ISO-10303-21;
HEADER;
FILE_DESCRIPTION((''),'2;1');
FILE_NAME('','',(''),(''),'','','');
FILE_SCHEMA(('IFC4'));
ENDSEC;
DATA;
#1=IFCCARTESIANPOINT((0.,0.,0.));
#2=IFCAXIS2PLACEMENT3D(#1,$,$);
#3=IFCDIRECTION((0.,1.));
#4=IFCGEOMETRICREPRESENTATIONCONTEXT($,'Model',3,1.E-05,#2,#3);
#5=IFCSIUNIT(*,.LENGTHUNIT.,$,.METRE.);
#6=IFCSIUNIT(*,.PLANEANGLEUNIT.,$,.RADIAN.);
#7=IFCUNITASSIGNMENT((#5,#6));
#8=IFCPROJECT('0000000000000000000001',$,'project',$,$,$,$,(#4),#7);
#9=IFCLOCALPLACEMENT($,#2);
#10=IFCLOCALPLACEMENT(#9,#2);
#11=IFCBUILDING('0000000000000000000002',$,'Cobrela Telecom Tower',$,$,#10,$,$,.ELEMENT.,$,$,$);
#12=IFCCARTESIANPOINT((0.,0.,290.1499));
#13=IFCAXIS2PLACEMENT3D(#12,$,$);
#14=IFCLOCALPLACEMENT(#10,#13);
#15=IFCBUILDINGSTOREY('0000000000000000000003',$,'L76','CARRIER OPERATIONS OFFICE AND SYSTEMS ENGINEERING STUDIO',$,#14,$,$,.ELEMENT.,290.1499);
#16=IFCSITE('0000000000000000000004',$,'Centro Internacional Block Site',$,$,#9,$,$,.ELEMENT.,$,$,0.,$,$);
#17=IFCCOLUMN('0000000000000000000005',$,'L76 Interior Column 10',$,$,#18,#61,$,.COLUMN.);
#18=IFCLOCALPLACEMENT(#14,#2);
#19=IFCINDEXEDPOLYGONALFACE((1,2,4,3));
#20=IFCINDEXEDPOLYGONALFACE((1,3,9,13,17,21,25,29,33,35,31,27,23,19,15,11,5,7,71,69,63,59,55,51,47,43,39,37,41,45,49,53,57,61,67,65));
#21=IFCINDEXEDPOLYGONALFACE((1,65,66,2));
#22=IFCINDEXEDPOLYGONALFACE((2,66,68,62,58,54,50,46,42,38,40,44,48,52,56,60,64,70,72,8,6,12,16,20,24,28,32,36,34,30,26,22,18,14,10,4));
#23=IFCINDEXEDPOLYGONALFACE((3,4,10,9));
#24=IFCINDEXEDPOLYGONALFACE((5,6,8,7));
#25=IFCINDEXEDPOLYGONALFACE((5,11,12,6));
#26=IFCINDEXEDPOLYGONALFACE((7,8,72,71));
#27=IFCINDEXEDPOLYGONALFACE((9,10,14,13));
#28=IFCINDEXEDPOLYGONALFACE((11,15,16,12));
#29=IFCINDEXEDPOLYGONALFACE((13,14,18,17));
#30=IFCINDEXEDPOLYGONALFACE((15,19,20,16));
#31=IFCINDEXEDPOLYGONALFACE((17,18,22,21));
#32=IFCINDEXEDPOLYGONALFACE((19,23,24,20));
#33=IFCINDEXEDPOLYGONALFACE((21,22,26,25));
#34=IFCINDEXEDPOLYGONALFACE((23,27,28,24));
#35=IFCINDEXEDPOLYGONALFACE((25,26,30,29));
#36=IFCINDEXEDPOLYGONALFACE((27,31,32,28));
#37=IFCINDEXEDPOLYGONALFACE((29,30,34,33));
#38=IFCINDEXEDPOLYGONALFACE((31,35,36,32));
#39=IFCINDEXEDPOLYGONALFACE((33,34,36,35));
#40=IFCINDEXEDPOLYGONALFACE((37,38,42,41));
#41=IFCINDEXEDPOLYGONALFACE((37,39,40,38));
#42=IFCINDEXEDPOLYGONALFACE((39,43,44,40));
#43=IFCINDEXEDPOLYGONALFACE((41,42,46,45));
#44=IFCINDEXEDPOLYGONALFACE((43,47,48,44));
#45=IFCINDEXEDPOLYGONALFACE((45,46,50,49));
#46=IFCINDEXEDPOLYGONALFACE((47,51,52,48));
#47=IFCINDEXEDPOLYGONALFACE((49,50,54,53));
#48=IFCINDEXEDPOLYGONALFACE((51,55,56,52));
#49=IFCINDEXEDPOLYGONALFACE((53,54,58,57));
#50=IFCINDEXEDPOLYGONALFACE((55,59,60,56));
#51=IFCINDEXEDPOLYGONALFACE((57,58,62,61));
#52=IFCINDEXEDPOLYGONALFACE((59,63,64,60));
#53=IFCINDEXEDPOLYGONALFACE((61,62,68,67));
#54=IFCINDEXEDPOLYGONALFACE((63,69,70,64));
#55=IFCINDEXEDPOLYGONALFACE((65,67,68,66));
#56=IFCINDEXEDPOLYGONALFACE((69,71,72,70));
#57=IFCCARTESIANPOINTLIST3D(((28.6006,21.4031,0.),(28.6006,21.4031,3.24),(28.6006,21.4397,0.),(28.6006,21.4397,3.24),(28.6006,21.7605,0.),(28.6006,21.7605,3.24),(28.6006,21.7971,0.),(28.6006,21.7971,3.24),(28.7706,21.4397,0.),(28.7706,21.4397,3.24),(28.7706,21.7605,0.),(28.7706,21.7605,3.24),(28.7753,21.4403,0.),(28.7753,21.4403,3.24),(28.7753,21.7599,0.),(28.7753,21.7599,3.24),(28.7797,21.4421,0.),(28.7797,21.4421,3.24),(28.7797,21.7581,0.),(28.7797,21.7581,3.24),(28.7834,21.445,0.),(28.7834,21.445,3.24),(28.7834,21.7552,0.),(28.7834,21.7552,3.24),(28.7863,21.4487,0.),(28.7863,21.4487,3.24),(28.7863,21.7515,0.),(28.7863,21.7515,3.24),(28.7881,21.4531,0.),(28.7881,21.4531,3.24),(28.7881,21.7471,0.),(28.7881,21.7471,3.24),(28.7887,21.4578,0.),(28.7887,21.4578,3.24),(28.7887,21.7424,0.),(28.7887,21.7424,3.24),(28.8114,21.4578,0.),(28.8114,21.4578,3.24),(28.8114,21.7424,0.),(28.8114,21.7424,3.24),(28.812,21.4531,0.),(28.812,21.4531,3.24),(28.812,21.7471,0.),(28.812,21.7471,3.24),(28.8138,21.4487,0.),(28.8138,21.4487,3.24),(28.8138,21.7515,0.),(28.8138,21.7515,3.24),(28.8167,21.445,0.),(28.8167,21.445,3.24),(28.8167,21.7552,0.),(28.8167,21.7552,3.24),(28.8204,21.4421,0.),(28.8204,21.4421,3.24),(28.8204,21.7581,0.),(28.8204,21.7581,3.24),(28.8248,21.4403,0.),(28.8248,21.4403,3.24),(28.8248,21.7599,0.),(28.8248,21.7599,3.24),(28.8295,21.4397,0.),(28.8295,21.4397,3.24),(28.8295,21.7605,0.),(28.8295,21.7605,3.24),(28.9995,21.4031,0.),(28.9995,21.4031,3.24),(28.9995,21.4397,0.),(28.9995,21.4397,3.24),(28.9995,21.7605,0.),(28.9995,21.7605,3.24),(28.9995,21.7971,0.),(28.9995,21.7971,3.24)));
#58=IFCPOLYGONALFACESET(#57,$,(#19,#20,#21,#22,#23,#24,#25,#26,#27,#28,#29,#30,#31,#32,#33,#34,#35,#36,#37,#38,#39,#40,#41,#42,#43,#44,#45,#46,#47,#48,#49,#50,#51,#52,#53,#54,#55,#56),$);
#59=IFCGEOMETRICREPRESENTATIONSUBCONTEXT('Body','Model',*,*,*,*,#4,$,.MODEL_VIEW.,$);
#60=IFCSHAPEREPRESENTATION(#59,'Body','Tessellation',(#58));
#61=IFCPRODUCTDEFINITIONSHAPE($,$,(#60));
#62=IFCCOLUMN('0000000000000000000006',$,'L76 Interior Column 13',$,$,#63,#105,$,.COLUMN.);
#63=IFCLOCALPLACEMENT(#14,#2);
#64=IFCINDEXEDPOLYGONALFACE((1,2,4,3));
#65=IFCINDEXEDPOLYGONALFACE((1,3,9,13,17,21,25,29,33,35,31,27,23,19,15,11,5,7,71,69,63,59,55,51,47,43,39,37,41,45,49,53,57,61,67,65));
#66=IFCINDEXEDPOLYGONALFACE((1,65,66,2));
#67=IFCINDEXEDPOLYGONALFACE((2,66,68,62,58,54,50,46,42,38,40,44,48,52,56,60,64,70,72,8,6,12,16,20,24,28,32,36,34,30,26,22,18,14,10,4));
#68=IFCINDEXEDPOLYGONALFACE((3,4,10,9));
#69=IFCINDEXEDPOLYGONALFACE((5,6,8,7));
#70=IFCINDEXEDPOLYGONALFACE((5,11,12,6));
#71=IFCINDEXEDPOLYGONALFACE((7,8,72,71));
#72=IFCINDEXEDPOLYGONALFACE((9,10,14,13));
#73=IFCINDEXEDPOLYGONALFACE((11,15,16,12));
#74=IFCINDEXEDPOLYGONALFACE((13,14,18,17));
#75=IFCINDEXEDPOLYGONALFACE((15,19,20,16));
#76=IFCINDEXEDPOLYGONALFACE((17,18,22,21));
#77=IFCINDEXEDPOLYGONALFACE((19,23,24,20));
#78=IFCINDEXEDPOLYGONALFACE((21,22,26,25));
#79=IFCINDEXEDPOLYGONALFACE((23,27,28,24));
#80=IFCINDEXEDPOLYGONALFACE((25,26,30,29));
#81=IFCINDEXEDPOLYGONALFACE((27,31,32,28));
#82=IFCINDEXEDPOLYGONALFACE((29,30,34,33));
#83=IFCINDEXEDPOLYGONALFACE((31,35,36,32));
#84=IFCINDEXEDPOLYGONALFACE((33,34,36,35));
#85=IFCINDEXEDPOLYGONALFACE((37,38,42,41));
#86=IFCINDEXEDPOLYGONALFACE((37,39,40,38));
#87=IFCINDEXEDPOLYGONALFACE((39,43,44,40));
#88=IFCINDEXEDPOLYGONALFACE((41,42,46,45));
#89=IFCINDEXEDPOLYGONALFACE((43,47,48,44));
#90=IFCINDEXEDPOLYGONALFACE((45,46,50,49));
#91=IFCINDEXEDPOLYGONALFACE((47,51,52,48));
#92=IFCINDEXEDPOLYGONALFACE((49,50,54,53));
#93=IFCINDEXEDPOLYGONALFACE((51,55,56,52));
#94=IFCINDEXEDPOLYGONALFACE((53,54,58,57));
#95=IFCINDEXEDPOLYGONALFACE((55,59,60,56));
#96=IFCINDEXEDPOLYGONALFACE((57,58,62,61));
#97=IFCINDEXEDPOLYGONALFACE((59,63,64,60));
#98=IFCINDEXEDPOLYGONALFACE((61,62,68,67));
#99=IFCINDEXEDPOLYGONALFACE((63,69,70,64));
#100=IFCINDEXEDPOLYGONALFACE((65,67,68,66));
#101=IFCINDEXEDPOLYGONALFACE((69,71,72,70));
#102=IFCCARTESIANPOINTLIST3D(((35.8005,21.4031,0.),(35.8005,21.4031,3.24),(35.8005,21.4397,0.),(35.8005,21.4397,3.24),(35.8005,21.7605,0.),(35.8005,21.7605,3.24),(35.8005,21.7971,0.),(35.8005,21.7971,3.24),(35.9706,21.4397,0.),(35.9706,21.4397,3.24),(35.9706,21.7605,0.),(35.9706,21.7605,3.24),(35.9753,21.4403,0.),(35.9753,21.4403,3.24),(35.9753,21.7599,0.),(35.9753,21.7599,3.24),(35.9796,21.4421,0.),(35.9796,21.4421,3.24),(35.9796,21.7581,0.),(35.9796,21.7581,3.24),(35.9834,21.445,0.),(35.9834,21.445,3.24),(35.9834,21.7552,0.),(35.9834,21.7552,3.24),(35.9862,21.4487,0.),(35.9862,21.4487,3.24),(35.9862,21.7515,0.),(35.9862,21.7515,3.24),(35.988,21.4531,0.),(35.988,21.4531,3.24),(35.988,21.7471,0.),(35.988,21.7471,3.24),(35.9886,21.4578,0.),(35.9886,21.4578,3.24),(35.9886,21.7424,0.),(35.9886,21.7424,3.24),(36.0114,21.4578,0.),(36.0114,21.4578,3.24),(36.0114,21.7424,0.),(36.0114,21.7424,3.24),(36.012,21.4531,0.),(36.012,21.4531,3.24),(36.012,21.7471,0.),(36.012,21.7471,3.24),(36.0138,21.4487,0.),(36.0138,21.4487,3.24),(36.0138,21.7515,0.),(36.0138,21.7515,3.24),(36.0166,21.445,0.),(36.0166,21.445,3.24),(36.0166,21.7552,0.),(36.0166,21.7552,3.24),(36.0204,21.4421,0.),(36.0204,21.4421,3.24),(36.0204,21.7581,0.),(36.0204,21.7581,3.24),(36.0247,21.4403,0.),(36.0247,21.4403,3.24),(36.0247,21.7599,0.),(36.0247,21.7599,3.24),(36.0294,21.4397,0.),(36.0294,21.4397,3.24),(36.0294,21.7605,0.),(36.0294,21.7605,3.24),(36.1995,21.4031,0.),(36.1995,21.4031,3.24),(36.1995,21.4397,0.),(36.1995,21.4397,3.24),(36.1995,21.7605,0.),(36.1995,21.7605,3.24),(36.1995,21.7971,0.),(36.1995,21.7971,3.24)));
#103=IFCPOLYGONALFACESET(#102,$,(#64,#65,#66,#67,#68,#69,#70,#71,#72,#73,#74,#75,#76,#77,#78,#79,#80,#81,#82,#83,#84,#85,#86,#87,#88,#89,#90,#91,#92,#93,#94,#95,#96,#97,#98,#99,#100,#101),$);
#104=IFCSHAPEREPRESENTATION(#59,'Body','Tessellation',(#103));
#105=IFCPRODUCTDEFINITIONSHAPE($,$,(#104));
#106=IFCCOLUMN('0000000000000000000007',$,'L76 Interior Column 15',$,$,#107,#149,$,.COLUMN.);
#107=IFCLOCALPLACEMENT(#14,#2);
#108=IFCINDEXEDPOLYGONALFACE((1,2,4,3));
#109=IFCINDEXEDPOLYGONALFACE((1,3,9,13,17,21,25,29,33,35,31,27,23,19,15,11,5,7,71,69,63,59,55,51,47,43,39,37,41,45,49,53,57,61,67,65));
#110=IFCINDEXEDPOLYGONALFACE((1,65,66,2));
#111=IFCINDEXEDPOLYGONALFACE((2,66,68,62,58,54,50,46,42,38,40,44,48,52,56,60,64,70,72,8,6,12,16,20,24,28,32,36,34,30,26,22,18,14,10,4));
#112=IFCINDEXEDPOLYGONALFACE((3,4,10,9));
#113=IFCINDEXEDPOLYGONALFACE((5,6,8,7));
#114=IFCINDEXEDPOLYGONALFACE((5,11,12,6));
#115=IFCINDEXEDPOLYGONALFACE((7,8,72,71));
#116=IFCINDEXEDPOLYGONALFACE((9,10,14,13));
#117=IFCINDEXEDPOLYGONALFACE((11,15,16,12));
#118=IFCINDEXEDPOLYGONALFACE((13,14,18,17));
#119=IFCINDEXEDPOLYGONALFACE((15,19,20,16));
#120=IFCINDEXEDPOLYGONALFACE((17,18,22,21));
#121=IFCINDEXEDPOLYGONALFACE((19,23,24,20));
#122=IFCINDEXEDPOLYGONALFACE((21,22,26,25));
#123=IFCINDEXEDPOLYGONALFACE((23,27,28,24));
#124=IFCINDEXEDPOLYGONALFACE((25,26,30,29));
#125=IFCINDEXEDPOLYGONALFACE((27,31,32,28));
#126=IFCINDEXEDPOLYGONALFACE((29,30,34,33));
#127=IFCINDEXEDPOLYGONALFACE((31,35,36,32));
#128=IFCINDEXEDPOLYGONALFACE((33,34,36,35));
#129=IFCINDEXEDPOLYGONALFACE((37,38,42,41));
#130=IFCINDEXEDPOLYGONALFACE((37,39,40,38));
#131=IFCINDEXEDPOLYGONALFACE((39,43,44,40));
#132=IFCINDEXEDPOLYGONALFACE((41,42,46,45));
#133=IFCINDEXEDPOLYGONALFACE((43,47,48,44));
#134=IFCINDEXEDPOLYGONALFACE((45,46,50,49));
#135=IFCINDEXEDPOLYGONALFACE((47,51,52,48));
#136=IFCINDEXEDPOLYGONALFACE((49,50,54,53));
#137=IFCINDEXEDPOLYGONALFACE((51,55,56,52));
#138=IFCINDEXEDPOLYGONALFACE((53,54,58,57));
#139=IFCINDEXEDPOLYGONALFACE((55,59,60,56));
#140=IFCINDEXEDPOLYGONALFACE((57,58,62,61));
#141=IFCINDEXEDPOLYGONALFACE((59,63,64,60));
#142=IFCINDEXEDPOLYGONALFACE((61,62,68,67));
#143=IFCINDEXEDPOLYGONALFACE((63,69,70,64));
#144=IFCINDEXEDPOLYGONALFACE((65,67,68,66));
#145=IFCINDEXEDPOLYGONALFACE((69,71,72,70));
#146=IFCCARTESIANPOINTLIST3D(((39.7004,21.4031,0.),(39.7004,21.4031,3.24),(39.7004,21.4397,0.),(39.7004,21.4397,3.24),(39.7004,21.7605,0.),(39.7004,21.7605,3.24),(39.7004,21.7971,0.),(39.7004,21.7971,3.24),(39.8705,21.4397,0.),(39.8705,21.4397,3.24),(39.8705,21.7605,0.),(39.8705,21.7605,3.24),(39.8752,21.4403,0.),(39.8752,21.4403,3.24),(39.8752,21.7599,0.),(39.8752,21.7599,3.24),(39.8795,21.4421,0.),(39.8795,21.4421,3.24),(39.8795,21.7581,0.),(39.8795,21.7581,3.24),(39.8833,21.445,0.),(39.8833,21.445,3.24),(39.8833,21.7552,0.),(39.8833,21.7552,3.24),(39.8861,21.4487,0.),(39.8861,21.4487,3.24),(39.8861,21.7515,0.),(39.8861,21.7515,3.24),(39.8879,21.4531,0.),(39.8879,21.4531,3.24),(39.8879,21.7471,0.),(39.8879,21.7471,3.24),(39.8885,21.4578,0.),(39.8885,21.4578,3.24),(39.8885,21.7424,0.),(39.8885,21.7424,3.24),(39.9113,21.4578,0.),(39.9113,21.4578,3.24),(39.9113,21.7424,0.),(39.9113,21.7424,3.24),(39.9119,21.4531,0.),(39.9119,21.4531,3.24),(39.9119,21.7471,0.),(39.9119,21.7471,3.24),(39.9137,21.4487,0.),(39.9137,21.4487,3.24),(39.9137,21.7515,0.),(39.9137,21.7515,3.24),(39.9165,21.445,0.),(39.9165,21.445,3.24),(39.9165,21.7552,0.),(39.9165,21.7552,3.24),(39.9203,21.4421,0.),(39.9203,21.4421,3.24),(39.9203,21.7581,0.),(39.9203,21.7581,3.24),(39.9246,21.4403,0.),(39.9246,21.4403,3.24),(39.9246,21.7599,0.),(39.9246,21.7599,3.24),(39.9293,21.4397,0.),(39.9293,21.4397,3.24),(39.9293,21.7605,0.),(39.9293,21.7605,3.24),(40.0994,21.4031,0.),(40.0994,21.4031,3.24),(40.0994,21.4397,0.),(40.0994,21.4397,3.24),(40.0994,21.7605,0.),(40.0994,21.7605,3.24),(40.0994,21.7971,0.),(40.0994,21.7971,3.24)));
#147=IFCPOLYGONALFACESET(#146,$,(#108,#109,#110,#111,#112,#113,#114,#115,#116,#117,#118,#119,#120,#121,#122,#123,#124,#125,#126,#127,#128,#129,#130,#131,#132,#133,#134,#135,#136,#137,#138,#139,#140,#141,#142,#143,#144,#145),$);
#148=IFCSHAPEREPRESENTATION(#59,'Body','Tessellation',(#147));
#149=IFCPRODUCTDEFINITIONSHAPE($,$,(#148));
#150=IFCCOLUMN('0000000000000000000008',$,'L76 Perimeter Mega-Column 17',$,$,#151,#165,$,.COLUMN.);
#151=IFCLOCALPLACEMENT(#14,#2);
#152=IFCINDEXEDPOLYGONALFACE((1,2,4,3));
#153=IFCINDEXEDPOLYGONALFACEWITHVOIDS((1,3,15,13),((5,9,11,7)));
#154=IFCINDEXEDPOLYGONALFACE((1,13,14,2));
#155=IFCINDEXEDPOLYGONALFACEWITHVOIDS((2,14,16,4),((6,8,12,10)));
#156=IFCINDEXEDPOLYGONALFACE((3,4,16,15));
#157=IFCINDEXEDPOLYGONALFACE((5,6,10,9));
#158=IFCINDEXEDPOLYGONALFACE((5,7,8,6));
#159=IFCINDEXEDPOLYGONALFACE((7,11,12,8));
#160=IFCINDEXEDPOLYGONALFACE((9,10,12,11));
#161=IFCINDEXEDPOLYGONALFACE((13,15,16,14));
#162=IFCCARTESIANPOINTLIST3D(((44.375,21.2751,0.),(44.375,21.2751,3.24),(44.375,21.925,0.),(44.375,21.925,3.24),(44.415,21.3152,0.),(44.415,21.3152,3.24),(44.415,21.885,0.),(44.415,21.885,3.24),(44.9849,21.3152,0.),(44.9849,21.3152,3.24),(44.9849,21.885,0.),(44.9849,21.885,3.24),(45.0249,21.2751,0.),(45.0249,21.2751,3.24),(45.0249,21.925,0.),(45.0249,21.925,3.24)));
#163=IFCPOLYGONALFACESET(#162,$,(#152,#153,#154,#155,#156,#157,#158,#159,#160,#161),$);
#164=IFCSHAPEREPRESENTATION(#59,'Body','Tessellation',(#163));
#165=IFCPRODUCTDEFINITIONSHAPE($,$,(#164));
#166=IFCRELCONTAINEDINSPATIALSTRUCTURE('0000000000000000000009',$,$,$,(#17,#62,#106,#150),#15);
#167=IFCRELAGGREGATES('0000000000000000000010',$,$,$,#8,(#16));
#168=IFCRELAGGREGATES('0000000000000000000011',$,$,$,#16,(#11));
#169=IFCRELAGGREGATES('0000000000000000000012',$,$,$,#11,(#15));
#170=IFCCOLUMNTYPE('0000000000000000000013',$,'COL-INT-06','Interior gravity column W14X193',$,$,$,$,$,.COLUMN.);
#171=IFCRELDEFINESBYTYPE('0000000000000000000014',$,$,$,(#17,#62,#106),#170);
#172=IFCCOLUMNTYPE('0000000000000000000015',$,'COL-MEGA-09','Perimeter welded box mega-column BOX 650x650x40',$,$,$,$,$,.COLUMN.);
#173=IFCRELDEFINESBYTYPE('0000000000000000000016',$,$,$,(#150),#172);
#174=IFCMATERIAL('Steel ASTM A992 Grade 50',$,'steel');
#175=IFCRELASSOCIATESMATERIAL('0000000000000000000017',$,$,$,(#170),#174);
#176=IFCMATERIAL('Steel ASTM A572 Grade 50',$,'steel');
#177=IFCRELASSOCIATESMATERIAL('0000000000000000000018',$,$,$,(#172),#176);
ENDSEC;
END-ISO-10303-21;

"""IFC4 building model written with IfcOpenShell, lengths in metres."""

from ifc_helpers import new_model, si_unit, direction, frame, origin, origin_2d, place, context, subcontext, project, spatial, hollow_rectangle, i_section, extrude, material, material_profile, profile_set, type_object, element, save


model = new_model("IFC4")

# Units and contexts
model_context = context("Model", 3, precision=1e-05, world=origin(), true_north=direction((0.0, 1.0)))
body_context = subcontext(model_context, "Body", "Model", "MODEL_VIEW")
ifc_project = project(units=[si_unit("LENGTHUNIT", "METRE"), si_unit("PLANEANGLEUNIT", "RADIAN")], contexts=[model_context])

# Site, building, storey
site_placement = place(None, origin())
site = spatial("IfcSite", under=ifc_project, at=site_placement, Name="Centro Internacional Block Site", CompositionType="ELEMENT", RefElevation=0.0)
building_placement = place(site_placement, origin())
building = spatial("IfcBuilding", under=site, at=building_placement, Name="Cobrela Telecom Tower", CompositionType="ELEMENT")
storey_placement = place(building_placement, frame((0.0, 0.0, 290.1499)))
storey = spatial("IfcBuildingStorey", under=building, at=storey_placement, Name="L76", Description="CARRIER OPERATIONS OFFICE AND SYSTEMS ENGINEERING STUDIO", CompositionType="ELEMENT", Elevation=290.1499)

# Columns
ifc_material_1 = material(Name="Steel ASTM A992 Grade 50", Category="steel")
ifc_material_profile_1 = material_profile(ifc_material_1, i_section(OverallWidth=0.3989, OverallDepth=0.394, WebThickness=0.0227, FlangeThickness=0.0366, FilletRadius=0.0181, at=origin_2d()), Name="W14X193")
ifc_profile_set_1 = profile_set([ifc_material_profile_1], Name="Steel ASTM A992 Grade 50")
column_type_1 = type_object("IfcColumnType", Name="COL-INT-06", Description="Interior gravity column W14X193", PredefinedType="COLUMN", material=ifc_profile_set_1)
for number, where, z_axis, x_axis, name in (
    (1, (28.8, 21.6001, 0.0), (0.0, 0.0, 1.0), (1.0, 0.0, 0.0), "L76 Interior Column 10"),
    (2, (36.0, 21.6001, 0.0), (0.0, 0.0, 1.0), (1.0, 0.0, 0.0), "L76 Interior Column 13"),
    (3, (39.8999, 21.6001, 0.0), (0.0, 0.0, 1.0), (1.0, 0.0, 0.0), "L76 Interior Column 15"),
):
    element("IfcColumn", number, at=place(storey_placement, frame(where, z_axis=z_axis, x_axis=x_axis)), inside=storey, type_object=column_type_1, Name=name, PredefinedType="COLUMN", context=body_context, shape_type="SweptSolid", body=[
        extrude(i_section(OverallWidth=0.3989, OverallDepth=0.394, WebThickness=0.0227, FlangeThickness=0.0366, FilletRadius=0.0181, at=origin_2d()), origin(), (0.0, 0.0, 1.0), 3.24),
    ])
ifc_material_2 = material(Name="Steel ASTM A572 Grade 50", Category="steel")
ifc_material_profile_2 = material_profile(ifc_material_2, hollow_rectangle(XDim=0.6499, YDim=0.6499, WallThickness=0.04, at=origin_2d()), Name="BOX 650x650x40")
ifc_profile_set_2 = profile_set([ifc_material_profile_2], Name="Steel ASTM A572 Grade 50")
column_type_2 = type_object("IfcColumnType", Name="COL-MEGA-09", Description="Perimeter welded box mega-column BOX 650x650x40", PredefinedType="COLUMN", material=ifc_profile_set_2)
column_placement = place(storey_placement, frame((44.7, 21.6001, 0.0), z_axis=(0.0, 0.0, 1.0), x_axis=(1.0, 0.0, 0.0)))
element("IfcColumn", 4, at=column_placement, inside=storey, type_object=column_type_2, Name="L76 Perimeter Mega-Column 17", PredefinedType="COLUMN", context=body_context, shape_type="SweptSolid", body=[
    extrude(hollow_rectangle(XDim=0.6499, YDim=0.6499, WallThickness=0.04, at=origin_2d()), origin(), (0.0, 0.0, 1.0), 3.24),
])

save(model, "model.ifc")
